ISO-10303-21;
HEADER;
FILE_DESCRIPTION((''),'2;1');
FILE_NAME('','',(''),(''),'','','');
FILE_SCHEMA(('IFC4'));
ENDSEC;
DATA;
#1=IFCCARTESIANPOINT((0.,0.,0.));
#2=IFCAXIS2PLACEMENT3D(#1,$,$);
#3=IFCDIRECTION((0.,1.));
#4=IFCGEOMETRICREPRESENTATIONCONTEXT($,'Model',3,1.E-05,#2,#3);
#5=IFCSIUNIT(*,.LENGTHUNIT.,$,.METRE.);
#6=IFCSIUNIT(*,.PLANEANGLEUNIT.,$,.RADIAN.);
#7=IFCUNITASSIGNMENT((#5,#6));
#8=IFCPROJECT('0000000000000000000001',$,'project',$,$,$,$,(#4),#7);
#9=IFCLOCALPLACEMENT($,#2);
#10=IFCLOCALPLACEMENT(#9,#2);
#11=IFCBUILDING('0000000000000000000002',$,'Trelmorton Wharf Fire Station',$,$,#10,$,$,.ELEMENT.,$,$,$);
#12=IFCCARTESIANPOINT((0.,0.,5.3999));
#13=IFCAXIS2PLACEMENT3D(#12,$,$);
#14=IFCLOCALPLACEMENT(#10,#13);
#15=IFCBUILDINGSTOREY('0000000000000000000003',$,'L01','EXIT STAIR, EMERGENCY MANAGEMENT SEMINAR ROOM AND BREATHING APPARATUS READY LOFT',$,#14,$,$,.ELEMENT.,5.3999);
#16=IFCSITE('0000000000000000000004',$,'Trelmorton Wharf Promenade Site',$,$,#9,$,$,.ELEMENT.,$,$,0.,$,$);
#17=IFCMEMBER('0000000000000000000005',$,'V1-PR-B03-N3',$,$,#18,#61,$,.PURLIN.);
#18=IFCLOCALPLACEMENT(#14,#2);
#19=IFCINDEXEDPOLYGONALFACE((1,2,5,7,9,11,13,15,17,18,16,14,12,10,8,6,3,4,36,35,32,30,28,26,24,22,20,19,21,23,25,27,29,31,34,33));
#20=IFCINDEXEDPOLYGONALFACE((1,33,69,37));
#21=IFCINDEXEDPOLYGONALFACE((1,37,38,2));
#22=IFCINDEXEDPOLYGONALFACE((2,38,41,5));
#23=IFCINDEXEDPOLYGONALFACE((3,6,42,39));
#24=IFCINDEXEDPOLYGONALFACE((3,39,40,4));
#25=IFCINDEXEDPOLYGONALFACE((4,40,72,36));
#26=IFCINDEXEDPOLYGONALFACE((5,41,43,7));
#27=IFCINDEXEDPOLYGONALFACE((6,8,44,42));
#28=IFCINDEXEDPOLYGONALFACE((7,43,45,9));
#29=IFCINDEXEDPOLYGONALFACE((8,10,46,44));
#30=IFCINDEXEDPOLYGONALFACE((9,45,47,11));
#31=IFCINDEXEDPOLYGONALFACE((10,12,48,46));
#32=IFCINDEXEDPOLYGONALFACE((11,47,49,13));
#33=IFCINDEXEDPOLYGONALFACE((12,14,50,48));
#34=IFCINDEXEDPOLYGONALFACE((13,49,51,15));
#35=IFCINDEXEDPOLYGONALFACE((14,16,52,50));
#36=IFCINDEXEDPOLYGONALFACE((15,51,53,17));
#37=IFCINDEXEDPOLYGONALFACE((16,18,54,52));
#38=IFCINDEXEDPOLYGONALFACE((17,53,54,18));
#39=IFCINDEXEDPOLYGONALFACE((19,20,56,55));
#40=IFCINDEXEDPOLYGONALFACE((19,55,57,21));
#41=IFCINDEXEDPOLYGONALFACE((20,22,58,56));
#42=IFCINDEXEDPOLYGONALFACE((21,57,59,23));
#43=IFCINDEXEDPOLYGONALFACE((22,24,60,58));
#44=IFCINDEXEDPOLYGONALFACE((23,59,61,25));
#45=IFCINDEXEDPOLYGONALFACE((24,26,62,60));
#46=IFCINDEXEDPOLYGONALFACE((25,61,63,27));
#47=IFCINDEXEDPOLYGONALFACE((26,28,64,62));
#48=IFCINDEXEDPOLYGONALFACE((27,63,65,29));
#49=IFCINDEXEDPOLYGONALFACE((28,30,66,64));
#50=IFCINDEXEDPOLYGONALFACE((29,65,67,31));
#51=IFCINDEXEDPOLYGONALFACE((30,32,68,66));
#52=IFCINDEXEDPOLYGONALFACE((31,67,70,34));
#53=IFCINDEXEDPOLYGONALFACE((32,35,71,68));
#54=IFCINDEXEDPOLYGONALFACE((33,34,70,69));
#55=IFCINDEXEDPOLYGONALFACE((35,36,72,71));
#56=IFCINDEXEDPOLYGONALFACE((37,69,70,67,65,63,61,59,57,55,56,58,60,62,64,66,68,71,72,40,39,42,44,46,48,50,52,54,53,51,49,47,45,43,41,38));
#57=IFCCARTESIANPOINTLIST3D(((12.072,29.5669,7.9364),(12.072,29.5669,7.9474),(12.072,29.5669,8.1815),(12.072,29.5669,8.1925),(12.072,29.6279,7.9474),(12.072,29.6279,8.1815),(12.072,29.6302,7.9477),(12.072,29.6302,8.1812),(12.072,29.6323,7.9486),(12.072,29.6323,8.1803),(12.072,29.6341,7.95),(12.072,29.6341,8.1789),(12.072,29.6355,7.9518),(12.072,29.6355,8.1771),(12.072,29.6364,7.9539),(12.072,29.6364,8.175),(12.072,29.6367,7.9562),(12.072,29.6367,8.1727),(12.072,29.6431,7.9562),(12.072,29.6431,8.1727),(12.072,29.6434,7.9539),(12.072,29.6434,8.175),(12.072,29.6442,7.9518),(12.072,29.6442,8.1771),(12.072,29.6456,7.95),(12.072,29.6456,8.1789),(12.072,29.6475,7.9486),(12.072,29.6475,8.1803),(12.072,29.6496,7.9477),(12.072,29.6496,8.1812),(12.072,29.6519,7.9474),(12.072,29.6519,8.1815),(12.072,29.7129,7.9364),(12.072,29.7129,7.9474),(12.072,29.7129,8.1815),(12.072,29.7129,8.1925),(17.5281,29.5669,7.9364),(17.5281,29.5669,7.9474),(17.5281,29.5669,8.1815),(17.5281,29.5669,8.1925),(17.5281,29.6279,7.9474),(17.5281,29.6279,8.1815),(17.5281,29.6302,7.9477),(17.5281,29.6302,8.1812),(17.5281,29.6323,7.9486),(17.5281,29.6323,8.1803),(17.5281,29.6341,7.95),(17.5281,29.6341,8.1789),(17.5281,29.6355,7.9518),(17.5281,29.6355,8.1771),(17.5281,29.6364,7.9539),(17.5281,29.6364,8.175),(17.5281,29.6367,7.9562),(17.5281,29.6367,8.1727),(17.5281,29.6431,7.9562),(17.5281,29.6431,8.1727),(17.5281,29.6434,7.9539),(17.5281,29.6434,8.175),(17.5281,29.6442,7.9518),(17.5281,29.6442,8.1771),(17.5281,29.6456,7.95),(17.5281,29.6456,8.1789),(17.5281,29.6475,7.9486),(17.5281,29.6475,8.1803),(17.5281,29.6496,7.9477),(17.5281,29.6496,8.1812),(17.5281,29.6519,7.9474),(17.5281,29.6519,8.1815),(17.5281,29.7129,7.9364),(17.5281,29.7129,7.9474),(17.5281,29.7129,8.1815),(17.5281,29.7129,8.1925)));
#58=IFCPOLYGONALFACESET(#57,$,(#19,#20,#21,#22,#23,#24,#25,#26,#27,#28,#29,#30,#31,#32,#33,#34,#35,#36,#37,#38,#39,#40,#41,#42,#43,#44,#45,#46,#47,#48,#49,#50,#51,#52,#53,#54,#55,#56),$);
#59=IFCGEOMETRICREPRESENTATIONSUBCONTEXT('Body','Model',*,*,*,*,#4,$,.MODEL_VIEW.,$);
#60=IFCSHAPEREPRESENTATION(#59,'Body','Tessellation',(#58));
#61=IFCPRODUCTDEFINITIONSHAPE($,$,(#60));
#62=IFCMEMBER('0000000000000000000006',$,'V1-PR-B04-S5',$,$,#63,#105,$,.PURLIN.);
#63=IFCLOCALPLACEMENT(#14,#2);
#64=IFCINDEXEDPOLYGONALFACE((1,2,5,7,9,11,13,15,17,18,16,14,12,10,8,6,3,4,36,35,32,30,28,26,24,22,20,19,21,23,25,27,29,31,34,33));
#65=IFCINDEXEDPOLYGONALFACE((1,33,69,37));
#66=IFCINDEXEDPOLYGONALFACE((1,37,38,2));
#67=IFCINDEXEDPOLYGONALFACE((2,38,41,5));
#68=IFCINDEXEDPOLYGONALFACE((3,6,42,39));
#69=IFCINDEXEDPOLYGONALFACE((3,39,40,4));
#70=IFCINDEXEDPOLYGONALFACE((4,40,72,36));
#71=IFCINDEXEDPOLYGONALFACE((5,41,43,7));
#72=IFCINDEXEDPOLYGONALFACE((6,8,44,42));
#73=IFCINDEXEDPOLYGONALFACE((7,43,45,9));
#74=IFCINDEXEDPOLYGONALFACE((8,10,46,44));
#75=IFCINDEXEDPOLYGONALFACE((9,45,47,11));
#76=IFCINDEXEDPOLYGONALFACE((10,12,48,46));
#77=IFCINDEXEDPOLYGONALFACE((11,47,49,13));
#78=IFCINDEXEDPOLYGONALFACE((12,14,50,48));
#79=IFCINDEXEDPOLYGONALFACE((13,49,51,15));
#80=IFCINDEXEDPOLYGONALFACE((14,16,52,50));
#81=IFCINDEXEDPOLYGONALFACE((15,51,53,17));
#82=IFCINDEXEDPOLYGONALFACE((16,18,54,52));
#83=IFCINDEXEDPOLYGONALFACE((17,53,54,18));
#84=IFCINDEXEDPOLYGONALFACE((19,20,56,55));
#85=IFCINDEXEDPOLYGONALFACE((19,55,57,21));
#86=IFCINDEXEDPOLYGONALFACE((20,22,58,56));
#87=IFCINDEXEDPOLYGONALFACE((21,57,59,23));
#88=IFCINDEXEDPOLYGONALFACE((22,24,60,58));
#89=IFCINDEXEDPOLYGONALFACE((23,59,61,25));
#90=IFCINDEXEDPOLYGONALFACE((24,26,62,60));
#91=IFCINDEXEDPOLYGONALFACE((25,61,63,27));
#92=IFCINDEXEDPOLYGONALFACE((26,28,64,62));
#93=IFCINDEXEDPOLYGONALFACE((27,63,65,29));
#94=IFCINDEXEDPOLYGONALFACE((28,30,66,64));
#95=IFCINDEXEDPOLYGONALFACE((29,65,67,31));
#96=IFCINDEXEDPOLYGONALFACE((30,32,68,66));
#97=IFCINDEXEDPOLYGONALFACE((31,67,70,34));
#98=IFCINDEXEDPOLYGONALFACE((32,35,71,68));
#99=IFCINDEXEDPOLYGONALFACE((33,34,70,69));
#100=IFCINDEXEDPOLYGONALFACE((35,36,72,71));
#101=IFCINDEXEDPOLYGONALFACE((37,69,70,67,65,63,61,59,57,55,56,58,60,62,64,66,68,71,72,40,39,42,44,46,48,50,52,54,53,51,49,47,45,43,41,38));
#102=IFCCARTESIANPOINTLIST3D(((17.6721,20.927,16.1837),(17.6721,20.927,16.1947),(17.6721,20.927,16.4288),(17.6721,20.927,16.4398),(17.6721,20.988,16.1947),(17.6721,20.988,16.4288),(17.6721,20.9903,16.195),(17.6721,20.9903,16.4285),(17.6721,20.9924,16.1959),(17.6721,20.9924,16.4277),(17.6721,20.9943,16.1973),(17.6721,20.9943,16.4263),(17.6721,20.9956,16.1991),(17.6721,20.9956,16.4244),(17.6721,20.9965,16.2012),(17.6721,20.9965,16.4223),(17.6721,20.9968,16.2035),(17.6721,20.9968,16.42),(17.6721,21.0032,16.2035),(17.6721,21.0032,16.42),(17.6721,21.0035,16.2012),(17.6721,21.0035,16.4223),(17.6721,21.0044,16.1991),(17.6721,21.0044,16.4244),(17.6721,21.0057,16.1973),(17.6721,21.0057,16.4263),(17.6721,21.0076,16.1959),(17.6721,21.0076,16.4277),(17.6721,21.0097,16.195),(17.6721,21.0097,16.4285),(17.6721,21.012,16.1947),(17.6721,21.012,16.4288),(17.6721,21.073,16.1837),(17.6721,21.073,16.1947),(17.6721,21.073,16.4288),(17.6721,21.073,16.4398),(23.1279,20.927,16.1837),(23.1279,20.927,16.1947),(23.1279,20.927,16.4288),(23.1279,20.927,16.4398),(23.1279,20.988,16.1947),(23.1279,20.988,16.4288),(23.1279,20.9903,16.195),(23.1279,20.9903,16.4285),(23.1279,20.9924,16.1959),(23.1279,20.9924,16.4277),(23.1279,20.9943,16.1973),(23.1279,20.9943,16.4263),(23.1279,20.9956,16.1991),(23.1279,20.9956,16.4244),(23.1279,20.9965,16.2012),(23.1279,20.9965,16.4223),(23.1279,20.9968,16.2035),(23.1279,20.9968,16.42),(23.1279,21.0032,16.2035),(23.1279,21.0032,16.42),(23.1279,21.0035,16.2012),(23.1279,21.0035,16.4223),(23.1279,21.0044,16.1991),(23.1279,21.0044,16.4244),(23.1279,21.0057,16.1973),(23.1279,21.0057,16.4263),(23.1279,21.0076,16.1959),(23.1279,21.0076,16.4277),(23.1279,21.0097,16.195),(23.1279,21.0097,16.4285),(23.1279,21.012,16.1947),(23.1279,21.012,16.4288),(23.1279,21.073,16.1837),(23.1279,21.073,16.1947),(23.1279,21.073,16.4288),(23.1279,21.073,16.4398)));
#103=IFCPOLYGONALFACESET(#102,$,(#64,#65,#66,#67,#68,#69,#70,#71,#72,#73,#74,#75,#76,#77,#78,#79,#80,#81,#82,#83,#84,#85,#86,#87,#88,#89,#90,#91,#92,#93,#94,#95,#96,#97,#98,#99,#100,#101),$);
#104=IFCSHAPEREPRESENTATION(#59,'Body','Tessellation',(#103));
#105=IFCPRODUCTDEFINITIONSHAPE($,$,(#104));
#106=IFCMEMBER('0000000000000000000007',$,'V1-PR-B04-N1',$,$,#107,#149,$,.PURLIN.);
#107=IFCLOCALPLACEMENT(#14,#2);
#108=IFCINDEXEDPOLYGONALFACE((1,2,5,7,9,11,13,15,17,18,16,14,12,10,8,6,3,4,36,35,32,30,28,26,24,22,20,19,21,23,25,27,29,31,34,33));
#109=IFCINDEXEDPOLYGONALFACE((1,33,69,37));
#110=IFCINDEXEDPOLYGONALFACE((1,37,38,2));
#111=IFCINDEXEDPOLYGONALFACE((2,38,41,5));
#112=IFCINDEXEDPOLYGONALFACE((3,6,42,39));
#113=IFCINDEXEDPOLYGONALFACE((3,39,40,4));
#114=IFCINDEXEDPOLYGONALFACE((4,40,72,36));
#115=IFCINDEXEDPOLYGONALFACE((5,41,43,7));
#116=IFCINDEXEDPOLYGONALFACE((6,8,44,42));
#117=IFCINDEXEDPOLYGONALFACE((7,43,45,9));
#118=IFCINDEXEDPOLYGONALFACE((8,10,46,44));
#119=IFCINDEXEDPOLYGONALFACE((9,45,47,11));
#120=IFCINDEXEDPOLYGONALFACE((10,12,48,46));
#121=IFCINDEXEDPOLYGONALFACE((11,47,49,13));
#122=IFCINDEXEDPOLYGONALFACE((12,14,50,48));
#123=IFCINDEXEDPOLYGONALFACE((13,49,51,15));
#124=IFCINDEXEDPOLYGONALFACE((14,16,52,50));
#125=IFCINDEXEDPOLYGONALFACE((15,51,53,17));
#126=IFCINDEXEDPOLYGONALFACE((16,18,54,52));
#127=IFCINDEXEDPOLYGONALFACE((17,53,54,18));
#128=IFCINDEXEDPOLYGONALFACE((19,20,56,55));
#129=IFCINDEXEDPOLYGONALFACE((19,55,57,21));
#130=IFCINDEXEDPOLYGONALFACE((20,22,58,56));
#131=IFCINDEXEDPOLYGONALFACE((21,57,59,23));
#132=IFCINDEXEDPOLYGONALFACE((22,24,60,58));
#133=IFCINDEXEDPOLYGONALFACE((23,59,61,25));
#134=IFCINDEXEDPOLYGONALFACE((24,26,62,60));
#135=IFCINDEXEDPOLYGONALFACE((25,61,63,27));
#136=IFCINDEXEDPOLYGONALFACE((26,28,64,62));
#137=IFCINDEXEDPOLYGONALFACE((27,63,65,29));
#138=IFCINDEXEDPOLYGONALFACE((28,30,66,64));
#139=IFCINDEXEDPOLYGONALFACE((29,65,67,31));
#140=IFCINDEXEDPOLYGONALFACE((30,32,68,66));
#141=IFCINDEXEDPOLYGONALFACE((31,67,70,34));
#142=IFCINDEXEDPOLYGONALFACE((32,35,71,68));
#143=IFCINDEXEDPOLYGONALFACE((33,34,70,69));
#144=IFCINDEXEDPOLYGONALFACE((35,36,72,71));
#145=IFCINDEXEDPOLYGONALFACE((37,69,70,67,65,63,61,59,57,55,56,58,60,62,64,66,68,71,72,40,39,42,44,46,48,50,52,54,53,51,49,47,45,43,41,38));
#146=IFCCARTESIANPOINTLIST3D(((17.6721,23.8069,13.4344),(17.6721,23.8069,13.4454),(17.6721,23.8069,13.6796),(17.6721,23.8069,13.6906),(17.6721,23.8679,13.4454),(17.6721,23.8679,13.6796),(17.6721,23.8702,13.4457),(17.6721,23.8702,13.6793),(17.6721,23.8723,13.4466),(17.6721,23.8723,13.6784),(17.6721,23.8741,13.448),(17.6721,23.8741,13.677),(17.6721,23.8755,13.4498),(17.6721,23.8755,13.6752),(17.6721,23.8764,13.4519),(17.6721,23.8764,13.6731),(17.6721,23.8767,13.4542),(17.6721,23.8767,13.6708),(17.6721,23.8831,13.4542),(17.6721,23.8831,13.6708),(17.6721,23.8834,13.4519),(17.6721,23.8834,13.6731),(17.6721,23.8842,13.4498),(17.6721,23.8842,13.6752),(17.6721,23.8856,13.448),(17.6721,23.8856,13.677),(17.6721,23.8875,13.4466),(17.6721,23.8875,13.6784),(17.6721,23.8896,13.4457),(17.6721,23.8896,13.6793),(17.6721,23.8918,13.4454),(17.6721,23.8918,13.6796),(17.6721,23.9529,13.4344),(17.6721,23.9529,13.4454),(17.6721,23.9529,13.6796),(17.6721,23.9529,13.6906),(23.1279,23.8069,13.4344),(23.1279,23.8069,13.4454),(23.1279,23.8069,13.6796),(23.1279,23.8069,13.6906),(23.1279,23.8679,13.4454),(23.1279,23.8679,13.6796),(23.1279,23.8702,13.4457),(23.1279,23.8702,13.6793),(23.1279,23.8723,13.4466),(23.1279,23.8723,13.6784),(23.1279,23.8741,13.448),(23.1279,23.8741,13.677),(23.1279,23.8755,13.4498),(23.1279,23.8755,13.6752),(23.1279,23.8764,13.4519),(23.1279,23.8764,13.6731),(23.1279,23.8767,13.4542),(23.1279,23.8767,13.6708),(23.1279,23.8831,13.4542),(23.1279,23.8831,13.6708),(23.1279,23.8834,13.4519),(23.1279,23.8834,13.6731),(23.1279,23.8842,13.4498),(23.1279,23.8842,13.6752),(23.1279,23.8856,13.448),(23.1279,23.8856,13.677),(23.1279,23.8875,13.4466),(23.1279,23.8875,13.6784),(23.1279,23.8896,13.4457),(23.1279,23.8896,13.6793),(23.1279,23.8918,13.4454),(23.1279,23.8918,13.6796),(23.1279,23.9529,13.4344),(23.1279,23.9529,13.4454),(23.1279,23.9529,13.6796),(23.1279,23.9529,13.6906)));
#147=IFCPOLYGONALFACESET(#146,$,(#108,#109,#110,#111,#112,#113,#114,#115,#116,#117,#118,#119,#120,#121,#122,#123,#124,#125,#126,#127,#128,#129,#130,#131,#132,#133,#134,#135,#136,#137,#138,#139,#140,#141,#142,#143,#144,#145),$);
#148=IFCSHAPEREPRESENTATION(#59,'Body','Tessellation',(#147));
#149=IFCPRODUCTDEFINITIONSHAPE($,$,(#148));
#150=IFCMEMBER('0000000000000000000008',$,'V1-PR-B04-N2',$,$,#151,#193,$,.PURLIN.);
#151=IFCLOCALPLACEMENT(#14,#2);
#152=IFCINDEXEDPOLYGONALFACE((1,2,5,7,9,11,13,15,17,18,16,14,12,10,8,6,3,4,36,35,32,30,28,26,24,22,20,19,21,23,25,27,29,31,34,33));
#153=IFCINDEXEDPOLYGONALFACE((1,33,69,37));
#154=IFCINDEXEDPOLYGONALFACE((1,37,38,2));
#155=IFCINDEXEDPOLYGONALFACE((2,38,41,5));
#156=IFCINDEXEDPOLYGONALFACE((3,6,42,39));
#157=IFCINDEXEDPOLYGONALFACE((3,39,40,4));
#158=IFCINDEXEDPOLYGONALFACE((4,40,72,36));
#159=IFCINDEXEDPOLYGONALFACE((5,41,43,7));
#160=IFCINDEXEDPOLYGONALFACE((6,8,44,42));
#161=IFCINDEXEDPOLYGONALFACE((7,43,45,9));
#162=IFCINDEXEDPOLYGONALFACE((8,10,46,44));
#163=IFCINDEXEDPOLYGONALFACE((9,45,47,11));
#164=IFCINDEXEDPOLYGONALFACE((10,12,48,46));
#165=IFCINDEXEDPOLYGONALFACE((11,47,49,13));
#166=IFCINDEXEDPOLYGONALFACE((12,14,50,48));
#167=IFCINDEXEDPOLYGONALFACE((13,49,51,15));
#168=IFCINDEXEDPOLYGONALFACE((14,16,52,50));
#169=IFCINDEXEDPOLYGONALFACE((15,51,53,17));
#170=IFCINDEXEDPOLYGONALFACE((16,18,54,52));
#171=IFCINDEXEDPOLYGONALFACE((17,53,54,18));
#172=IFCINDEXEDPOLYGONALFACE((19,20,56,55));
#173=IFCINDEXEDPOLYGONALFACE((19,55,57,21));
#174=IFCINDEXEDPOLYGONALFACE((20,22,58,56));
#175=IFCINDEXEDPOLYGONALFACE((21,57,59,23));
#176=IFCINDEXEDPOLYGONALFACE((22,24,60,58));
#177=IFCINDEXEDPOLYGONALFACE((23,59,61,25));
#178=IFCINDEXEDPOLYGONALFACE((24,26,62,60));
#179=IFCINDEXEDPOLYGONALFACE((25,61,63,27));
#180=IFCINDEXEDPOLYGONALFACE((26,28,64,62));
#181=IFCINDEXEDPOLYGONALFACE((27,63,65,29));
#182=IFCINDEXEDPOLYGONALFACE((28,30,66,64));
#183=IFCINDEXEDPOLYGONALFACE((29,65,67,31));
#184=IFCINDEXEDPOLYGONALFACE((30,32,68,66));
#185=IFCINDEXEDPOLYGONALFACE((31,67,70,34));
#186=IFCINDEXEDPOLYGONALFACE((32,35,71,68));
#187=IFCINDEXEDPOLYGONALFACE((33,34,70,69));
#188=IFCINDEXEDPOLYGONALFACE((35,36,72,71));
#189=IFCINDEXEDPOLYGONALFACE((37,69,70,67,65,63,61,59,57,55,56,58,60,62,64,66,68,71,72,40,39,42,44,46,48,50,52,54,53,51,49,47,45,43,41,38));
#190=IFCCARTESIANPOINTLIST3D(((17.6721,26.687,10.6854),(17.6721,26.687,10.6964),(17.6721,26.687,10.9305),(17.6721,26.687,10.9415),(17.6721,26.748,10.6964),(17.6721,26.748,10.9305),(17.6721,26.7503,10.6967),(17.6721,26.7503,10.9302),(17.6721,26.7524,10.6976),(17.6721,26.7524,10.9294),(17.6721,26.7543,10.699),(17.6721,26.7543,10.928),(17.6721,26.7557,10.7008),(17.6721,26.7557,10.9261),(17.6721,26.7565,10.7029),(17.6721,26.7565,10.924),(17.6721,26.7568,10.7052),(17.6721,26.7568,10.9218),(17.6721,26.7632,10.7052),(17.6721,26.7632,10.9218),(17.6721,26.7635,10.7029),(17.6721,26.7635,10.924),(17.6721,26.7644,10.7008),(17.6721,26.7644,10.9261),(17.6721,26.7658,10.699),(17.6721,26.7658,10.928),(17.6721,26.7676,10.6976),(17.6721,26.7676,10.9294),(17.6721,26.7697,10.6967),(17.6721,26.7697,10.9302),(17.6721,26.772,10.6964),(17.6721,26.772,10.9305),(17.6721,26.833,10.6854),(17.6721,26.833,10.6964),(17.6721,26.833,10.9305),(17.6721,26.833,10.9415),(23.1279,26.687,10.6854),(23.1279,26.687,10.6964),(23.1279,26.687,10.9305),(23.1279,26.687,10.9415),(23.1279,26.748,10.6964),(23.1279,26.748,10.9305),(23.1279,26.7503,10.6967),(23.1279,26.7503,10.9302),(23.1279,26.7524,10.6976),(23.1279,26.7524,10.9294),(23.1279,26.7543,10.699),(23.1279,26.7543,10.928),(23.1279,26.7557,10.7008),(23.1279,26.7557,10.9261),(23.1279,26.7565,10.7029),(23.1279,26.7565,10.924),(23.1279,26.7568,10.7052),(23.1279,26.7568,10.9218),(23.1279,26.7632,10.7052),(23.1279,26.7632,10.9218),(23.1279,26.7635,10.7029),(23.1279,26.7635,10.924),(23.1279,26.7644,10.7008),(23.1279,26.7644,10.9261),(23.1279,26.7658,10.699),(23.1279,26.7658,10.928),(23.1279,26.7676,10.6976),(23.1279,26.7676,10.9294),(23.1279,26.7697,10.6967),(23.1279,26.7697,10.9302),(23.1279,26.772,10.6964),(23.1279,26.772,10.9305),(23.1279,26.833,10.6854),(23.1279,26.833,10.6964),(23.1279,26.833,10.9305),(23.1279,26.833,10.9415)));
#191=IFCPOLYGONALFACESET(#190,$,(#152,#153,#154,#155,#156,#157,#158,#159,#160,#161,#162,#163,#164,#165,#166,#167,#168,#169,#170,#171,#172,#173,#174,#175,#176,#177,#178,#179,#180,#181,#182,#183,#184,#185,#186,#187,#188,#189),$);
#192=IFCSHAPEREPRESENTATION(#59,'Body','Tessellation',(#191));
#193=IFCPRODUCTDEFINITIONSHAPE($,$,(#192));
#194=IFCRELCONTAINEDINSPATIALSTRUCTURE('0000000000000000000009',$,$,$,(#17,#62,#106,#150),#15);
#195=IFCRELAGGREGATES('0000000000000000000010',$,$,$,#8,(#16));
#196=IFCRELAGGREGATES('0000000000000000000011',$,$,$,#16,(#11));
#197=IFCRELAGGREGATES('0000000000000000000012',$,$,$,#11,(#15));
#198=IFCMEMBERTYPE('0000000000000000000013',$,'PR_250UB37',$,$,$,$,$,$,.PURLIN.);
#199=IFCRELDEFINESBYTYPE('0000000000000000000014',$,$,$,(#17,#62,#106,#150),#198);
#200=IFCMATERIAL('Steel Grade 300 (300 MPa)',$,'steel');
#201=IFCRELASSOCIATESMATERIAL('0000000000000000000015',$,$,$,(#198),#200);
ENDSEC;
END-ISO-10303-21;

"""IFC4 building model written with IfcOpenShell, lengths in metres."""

from ifc_helpers import new_model, si_unit, direction, frame, origin, origin_2d, place, context, subcontext, project, spatial, i_section, extrude, material, material_profile, profile_set, type_object, element, save


model = new_model("IFC4")

# Units and contexts
model_context = context("Model", 3, precision=1e-05, world=origin(), true_north=direction((0.0, 1.0)))
body_context = subcontext(model_context, "Body", "Model", "MODEL_VIEW")
ifc_project = project(units=[si_unit("LENGTHUNIT", "METRE"), si_unit("PLANEANGLEUNIT", "RADIAN")], contexts=[model_context])

# Site, building, storey
site_placement = place(None, origin())
site = spatial("IfcSite", under=ifc_project, at=site_placement, Name="Trelmorton Wharf Promenade Site", CompositionType="ELEMENT", RefElevation=0.0)
building_placement = place(site_placement, origin())
building = spatial("IfcBuilding", under=site, at=building_placement, Name="Trelmorton Wharf Fire Station", CompositionType="ELEMENT")
storey_placement = place(building_placement, frame((0.0, 0.0, 5.3999)))
storey = spatial("IfcBuildingStorey", under=building, at=storey_placement, Name="L01", Description="EXIT STAIR, EMERGENCY MANAGEMENT SEMINAR ROOM AND BREATHING APPARATUS READY LOFT", CompositionType="ELEMENT", Elevation=5.3999)

# Members
ifc_material_1 = material(Name="Steel Grade 300 (300 MPa)", Category="steel")
ifc_material_profile_1 = material_profile(ifc_material_1, i_section(OverallWidth=0.146, OverallDepth=0.2561, WebThickness=0.0063, FlangeThickness=0.011, FilletRadius=0.0088, at=origin_2d()), Name="250UB37.3")
ifc_profile_set_1 = profile_set([ifc_material_profile_1], Name="Steel Grade 300 (300 MPa)")
member_type_1 = type_object("IfcMemberType", Name="PR_250UB37", PredefinedType="PURLIN", material=ifc_profile_set_1)
for number, where, z_axis, x_axis, name in (
    (1, (12.072, 29.6399, 8.0645), (1.0, 0.0, 0.0), (0.0, 1.0, 0.0), "V1-PR-B03-N3"),
):
    element("IfcMember", number, at=place(storey_placement, frame(where, z_axis=z_axis, x_axis=x_axis)), inside=storey, type_object=member_type_1, Name=name, PredefinedType="PURLIN", context=body_context, shape_type="SweptSolid", body=[
        extrude(i_section(OverallWidth=0.146, OverallDepth=0.2561, WebThickness=0.0063, FlangeThickness=0.011, FilletRadius=0.0088, at=origin_2d()), origin(), (0.0, 0.0, 1.0), 5.4561),
    ])
for number, where, z_axis, x_axis, name in (
    (2, (17.6721, 21.0, 16.3118), (1.0, 0.0, 0.0), (0.0, 1.0, 0.0), "V1-PR-B04-S5"),
    (3, (17.6721, 23.8799, 13.5625), (1.0, 0.0, 0.0), (0.0, 1.0, 0.0), "V1-PR-B04-N1"),
    (4, (17.6721, 26.76, 10.8135), (1.0, 0.0, 0.0), (0.0, 1.0, 0.0), "V1-PR-B04-N2"),
):
    element("IfcMember", number, at=place(storey_placement, frame(where, z_axis=z_axis, x_axis=x_axis)), inside=storey, type_object=member_type_1, Name=name, PredefinedType="PURLIN", context=body_context, shape_type="SweptSolid", body=[
        extrude(i_section(OverallWidth=0.146, OverallDepth=0.2561, WebThickness=0.0063, FlangeThickness=0.011, FilletRadius=0.0088, at=origin_2d()), origin(), (0.0, 0.0, 1.0), 5.4558),
    ])

save(model, "model.ifc")
